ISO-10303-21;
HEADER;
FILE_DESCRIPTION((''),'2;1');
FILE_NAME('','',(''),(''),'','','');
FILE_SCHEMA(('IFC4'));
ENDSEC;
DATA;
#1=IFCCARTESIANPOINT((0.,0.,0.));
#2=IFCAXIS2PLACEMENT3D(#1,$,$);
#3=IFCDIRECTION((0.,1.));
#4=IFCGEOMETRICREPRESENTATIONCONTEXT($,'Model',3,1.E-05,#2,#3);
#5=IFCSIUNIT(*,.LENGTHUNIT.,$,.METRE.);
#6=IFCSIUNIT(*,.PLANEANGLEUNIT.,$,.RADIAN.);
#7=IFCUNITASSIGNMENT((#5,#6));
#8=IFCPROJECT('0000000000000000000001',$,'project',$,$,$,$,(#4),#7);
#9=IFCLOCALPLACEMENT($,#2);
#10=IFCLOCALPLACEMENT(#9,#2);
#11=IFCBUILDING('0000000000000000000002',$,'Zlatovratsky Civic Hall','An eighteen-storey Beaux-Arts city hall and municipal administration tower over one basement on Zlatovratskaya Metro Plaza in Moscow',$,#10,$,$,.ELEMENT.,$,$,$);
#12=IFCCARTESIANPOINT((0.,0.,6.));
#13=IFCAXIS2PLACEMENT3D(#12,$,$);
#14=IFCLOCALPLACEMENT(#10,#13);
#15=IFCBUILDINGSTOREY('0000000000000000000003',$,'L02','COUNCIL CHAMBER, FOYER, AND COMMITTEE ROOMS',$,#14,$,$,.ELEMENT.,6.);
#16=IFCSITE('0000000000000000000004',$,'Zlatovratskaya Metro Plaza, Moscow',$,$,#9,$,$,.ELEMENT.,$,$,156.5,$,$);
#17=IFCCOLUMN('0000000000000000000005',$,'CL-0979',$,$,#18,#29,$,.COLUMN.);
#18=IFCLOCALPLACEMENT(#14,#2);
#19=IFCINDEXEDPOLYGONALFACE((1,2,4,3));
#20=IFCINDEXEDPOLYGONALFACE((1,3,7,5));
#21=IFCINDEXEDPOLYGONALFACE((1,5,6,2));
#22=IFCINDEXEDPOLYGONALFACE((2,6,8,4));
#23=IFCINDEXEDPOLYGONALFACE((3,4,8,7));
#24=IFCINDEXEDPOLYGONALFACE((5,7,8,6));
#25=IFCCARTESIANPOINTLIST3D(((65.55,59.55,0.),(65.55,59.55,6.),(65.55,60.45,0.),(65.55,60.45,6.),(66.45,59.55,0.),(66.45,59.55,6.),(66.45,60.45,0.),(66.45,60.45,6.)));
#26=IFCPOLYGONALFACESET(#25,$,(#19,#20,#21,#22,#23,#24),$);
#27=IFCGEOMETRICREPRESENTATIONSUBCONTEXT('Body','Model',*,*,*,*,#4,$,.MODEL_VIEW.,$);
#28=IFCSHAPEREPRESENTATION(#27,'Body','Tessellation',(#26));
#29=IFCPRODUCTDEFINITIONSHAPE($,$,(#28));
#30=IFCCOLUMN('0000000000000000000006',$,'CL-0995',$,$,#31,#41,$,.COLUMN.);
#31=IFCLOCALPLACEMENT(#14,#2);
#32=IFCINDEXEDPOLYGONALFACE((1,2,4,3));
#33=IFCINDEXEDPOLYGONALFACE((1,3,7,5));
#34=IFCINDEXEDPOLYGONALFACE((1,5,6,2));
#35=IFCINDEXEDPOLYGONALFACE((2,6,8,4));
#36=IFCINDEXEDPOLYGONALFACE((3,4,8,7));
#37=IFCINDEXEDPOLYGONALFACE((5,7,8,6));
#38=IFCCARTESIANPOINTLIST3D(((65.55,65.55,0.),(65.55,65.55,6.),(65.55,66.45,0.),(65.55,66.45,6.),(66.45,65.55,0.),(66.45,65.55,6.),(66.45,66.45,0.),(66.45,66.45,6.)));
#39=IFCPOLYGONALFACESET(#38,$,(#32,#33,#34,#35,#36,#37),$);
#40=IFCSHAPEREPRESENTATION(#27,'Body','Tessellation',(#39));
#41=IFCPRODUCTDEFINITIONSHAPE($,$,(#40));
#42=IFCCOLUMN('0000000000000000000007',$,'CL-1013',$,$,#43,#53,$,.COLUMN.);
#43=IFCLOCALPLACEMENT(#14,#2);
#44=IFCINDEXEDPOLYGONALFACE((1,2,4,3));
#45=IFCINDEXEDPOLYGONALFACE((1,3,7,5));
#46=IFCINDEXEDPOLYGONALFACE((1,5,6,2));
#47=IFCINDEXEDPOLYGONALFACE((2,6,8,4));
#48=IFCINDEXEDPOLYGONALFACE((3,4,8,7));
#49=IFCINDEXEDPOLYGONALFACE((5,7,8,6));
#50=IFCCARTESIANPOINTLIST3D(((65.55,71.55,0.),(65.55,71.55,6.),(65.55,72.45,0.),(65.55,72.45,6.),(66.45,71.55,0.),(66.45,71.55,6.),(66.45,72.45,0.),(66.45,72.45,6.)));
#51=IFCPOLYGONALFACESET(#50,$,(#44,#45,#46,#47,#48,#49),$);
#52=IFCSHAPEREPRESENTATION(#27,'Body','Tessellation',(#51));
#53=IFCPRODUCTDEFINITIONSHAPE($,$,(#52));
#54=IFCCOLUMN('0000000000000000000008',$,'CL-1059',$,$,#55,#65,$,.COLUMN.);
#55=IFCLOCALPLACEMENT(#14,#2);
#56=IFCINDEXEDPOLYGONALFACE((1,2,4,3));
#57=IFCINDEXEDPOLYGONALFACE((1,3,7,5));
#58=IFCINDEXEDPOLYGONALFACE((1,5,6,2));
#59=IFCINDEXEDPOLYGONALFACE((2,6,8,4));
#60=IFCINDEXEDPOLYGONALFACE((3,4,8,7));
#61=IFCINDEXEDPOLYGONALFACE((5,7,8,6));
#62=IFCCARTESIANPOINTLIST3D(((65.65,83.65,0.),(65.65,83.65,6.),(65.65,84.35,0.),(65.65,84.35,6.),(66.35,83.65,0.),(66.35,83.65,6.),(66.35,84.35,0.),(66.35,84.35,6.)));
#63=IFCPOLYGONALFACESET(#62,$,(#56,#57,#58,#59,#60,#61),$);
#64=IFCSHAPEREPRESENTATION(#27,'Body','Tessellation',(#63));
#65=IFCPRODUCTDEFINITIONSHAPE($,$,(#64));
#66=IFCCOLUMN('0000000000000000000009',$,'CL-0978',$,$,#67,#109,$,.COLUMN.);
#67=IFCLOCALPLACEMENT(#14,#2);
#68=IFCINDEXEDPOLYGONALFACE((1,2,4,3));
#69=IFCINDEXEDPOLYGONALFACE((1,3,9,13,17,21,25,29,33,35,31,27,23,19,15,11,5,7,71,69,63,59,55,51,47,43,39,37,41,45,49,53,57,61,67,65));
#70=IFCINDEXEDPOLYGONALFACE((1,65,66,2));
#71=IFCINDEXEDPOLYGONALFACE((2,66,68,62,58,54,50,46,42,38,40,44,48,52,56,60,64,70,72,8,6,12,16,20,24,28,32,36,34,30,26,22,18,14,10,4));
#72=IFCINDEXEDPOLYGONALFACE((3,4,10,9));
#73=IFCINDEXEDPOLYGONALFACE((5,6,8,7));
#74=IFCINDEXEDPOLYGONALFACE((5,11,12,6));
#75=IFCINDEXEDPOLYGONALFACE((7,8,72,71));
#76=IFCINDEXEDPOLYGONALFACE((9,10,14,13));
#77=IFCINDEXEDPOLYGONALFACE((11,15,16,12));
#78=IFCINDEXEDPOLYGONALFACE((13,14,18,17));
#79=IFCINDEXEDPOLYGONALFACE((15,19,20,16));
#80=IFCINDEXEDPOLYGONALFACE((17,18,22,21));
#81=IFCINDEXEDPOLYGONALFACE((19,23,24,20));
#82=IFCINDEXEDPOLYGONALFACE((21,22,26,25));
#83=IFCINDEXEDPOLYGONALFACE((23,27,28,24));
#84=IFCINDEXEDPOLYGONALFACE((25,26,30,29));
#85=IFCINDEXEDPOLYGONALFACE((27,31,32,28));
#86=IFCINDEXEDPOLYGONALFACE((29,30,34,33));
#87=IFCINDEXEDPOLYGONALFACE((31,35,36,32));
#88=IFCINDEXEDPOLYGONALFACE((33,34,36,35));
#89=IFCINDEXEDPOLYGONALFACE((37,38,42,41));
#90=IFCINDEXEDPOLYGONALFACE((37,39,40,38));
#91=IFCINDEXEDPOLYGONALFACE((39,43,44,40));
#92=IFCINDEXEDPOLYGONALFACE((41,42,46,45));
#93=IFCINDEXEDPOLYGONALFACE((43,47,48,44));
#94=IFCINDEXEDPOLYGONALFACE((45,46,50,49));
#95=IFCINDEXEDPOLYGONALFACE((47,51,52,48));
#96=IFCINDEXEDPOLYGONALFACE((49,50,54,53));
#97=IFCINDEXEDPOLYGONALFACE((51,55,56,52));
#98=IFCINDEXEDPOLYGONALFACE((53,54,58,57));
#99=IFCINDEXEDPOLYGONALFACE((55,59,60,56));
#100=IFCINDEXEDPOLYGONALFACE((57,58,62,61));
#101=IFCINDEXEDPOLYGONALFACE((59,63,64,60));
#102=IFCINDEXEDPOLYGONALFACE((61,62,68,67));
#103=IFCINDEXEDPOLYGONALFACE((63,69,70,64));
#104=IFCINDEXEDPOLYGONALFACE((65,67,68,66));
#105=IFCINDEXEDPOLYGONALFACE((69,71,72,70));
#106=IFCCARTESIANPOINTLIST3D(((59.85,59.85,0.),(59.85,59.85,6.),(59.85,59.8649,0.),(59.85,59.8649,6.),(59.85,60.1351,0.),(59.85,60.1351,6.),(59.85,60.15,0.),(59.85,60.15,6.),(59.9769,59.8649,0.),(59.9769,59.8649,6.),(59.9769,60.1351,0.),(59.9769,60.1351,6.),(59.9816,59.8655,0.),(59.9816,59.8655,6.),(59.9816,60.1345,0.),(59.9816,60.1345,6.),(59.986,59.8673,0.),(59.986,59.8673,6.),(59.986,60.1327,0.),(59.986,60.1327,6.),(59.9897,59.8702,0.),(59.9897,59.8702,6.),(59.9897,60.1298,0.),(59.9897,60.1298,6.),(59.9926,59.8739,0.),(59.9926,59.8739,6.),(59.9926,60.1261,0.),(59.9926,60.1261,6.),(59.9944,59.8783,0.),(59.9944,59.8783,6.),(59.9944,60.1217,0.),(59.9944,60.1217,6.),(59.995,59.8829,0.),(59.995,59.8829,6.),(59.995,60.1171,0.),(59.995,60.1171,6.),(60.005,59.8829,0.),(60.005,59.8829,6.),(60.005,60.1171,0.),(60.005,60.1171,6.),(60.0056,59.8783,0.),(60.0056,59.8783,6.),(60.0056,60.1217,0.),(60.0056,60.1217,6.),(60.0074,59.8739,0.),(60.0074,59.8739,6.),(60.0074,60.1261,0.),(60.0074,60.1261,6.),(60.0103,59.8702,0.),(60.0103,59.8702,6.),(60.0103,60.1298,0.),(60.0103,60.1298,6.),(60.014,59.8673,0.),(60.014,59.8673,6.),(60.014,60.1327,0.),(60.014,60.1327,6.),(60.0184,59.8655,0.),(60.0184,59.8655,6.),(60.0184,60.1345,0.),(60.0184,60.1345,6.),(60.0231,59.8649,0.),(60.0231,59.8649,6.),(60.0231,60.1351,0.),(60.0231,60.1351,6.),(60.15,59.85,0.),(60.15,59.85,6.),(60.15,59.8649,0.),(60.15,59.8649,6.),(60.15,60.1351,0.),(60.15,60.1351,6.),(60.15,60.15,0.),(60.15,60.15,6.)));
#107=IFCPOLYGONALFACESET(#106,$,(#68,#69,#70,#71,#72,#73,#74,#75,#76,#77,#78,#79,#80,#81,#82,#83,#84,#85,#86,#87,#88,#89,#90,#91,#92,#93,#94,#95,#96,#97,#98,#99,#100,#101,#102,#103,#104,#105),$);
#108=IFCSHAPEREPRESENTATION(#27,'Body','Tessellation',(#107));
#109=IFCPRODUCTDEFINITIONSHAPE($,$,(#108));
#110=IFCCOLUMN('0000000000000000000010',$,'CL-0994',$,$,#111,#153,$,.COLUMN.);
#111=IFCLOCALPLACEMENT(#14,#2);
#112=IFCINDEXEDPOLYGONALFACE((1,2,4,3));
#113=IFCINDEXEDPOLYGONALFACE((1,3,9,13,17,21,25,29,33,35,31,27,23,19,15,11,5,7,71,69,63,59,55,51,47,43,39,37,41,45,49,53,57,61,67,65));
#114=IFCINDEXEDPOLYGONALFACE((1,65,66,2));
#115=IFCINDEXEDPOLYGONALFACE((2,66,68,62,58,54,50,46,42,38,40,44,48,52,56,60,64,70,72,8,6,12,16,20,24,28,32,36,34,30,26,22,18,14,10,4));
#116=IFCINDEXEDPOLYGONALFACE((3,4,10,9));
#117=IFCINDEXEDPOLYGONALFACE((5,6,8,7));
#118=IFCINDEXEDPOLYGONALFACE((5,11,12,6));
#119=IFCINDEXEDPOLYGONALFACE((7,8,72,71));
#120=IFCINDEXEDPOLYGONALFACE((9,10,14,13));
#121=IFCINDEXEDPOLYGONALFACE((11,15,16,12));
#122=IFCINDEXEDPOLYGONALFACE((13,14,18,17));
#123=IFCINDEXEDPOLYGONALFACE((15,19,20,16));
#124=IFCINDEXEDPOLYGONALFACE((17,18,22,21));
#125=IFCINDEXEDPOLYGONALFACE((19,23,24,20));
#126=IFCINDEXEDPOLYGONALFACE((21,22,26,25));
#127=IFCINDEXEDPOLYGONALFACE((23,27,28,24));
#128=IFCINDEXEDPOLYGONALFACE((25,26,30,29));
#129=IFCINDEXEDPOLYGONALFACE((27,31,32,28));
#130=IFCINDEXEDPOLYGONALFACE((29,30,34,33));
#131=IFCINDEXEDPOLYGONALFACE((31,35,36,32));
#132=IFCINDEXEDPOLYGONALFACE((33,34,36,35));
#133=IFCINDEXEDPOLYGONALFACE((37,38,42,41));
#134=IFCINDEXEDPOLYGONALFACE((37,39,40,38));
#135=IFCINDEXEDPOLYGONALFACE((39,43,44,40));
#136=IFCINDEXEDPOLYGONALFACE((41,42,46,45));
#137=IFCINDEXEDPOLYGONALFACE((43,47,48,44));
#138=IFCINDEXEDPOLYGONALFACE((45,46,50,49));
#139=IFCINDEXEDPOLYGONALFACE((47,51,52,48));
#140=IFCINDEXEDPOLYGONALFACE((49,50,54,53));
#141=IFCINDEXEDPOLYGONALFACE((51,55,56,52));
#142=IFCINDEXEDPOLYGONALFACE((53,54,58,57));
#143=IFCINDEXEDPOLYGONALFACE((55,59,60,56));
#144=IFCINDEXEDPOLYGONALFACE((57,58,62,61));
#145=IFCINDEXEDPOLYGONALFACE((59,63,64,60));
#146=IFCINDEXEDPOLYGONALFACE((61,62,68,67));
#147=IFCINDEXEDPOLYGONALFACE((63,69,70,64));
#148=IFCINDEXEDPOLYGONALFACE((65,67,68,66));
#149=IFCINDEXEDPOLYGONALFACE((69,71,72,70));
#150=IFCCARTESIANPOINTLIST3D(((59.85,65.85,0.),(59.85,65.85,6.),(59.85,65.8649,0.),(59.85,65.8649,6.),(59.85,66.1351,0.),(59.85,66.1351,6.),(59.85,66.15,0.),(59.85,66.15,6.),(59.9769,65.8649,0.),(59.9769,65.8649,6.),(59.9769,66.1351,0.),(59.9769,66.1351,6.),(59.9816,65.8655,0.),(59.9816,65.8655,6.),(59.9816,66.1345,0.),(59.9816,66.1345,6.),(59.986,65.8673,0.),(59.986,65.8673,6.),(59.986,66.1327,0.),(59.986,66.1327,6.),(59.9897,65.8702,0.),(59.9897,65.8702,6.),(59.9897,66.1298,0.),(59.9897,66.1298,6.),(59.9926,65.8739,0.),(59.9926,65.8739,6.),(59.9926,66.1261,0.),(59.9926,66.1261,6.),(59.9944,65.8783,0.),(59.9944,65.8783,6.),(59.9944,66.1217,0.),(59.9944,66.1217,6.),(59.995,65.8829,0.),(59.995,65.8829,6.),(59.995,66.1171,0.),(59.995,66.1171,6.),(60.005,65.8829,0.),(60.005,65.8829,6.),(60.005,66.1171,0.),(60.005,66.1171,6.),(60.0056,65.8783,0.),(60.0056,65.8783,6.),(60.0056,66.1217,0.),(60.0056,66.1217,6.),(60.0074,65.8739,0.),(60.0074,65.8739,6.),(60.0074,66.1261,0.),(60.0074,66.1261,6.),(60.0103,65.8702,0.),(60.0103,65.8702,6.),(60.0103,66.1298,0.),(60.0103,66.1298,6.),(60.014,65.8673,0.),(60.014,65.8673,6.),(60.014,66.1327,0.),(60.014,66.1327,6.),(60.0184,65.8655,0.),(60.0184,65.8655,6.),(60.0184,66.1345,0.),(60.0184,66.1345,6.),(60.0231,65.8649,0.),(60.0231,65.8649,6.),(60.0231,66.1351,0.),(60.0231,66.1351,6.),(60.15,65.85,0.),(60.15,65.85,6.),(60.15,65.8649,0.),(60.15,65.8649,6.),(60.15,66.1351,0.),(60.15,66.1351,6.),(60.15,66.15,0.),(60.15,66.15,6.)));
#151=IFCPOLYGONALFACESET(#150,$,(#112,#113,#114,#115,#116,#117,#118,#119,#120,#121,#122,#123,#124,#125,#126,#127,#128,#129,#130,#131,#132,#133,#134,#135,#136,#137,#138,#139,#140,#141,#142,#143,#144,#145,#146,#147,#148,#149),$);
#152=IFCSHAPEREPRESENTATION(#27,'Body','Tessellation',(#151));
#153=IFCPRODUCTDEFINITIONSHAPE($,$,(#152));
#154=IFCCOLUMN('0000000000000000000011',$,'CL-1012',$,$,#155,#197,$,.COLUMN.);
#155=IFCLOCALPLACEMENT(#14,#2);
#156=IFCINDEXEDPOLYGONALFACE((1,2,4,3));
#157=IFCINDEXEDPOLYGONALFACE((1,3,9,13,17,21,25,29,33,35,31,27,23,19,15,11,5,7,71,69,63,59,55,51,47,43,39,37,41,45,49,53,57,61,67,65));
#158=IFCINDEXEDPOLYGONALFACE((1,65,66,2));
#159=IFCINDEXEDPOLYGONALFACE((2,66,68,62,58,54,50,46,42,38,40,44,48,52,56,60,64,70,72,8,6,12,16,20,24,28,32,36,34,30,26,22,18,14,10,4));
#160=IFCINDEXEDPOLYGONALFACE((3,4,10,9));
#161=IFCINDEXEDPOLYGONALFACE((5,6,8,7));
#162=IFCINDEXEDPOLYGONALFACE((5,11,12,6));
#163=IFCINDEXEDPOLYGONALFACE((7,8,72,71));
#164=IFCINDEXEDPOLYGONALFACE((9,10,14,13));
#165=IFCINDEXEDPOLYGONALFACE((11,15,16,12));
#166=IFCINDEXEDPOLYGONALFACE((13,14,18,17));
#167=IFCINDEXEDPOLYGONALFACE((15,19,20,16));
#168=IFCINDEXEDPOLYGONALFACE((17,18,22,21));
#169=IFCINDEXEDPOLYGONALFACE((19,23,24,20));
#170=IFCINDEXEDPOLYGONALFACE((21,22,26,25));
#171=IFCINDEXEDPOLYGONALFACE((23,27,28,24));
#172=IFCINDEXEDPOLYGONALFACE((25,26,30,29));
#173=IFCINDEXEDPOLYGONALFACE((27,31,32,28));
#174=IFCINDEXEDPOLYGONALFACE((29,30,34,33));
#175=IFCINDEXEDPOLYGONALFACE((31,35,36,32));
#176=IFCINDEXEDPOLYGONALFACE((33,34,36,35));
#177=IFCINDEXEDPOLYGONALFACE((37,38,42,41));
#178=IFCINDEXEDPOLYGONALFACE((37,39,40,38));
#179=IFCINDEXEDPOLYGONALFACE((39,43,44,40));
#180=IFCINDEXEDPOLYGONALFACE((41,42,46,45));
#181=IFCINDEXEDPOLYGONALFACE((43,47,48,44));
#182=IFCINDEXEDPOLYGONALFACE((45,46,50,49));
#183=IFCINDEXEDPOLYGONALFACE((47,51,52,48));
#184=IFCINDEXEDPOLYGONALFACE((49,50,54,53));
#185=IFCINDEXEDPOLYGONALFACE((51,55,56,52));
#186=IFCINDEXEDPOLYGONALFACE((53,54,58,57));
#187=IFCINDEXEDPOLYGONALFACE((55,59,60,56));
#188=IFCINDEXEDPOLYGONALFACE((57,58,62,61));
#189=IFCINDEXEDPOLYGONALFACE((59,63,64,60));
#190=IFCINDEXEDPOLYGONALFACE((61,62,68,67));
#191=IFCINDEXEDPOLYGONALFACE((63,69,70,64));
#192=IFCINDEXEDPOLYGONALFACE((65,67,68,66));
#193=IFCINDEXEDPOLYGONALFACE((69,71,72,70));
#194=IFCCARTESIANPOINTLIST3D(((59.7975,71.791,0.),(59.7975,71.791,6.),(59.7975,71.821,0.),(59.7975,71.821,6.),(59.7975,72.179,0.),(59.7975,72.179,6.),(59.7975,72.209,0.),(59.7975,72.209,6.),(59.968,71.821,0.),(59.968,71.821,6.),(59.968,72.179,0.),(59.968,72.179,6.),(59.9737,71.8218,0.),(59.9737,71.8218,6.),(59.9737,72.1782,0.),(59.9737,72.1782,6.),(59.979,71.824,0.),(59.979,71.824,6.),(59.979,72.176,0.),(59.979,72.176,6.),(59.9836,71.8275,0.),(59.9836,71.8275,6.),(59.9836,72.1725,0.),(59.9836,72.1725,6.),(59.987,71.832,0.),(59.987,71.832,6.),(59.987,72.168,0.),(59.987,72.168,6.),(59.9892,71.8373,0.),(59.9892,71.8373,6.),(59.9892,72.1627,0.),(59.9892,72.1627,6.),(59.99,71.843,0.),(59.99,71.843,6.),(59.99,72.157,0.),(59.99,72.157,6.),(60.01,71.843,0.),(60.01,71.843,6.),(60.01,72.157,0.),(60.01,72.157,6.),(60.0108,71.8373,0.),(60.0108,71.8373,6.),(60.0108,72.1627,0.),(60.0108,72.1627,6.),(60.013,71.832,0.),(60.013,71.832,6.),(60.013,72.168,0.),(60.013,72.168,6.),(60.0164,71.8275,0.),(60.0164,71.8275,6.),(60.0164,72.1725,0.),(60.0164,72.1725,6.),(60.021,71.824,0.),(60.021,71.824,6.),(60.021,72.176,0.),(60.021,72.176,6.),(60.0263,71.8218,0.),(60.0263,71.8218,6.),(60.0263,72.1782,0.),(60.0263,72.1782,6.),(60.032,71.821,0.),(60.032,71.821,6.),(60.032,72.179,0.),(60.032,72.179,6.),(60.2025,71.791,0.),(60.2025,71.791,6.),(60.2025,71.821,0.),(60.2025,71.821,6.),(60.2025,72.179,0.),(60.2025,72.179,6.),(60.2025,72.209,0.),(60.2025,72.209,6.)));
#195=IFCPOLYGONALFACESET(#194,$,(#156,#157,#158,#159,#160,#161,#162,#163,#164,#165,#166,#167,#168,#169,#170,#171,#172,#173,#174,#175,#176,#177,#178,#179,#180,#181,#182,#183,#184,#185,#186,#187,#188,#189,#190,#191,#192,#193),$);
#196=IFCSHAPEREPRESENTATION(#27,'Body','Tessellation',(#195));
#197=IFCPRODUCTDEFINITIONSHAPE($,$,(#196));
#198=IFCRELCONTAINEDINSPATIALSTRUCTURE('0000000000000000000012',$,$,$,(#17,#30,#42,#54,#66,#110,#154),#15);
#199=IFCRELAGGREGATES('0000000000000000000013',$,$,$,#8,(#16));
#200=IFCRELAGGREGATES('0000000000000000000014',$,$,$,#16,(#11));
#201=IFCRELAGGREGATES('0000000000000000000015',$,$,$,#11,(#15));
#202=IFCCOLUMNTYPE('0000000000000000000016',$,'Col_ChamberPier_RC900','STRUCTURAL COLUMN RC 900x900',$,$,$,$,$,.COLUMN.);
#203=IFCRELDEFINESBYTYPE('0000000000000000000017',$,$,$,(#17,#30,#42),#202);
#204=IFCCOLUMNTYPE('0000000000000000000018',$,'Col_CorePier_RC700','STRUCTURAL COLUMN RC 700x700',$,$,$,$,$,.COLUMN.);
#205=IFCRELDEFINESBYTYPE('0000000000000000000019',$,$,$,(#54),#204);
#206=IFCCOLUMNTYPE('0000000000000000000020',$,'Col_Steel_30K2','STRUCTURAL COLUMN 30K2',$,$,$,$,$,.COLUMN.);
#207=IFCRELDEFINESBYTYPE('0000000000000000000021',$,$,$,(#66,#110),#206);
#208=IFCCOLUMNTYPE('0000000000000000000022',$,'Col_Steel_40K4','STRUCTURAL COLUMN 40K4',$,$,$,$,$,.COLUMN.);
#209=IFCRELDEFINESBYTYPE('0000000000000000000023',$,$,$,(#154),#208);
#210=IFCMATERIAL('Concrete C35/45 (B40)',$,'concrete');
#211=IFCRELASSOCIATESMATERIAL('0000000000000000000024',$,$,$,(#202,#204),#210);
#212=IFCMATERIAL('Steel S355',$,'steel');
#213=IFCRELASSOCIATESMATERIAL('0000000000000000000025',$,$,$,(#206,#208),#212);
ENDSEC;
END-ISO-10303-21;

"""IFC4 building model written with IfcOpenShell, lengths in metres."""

from ifc_helpers import new_model, si_unit, direction, frame, origin, origin_2d, place, context, subcontext, project, spatial, rectangle, i_section, extrude, material, material_profile, profile_set, type_object, element, save


model = new_model("IFC4")

# Units and contexts
model_context = context("Model", 3, precision=1e-05, world=origin(), true_north=direction((0.0, 1.0)))
body_context = subcontext(model_context, "Body", "Model", "MODEL_VIEW")
ifc_project = project(units=[si_unit("LENGTHUNIT", "METRE"), si_unit("PLANEANGLEUNIT", "RADIAN")], contexts=[model_context])

# Site, building, storey
site_placement = place(None, origin())
site = spatial("IfcSite", under=ifc_project, at=site_placement, Name="Zlatovratskaya Metro Plaza, Moscow", CompositionType="ELEMENT", RefElevation=156.5)
building_placement = place(site_placement, origin())
building = spatial("IfcBuilding", under=site, at=building_placement, Name="Zlatovratsky Civic Hall", Description="An eighteen-storey Beaux-Arts city hall and municipal administration tower over one basement on Zlatovratskaya Metro Plaza in Moscow", CompositionType="ELEMENT")
storey_placement = place(building_placement, frame((0.0, 0.0, 6.0)))
storey = spatial("IfcBuildingStorey", under=building, at=storey_placement, Name="L02", Description="COUNCIL CHAMBER, FOYER, AND COMMITTEE ROOMS", CompositionType="ELEMENT", Elevation=6.0)

# Columns
ifc_material_1 = material(Name="Concrete C35/45 (B40)", Category="concrete")
ifc_material_profile_1 = material_profile(ifc_material_1, rectangle(XDim=0.8999, YDim=0.8999, at=origin_2d()), Name="RC 900x900")
ifc_profile_set_1 = profile_set([ifc_material_profile_1], Name="Concrete C35/45 (B40)")
column_type_1 = type_object("IfcColumnType", Name="Col_ChamberPier_RC900", Description="STRUCTURAL COLUMN RC 900x900", PredefinedType="COLUMN", material=ifc_profile_set_1)
for number, where, z_axis, x_axis, name in (
    (1, (66.0, 60.0, 0.0), (0.0, 0.0, 1.0), (1.0, 0.0, 0.0), "CL-0979"),
    (2, (66.0, 66.0, 0.0), (0.0, 0.0, 1.0), (1.0, 0.0, 0.0), "CL-0995"),
    (3, (66.0, 72.0, 0.0), (0.0, 0.0, 1.0), (1.0, 0.0, 0.0), "CL-1013"),
):
    element("IfcColumn", number, at=place(storey_placement, frame(where, z_axis=z_axis, x_axis=x_axis)), inside=storey, type_object=column_type_1, Name=name, PredefinedType="COLUMN", context=body_context, shape_type="SweptSolid", body=[
        extrude(rectangle(XDim=0.8999, YDim=0.8999, at=origin_2d()), origin(), (0.0, 0.0, 1.0), 6.0),
    ])
ifc_material_profile_2 = material_profile(ifc_material_1, rectangle(XDim=0.7, YDim=0.7, at=origin_2d()), Name="RC 700x700")
ifc_profile_set_2 = profile_set([ifc_material_profile_2], Name="Concrete C35/45 (B40)")
column_type_2 = type_object("IfcColumnType", Name="Col_CorePier_RC700", Description="STRUCTURAL COLUMN RC 700x700", PredefinedType="COLUMN", material=ifc_profile_set_2)
column_placement = place(storey_placement, frame((66.0, 84.0, 0.0), z_axis=(0.0, 0.0, 1.0), x_axis=(1.0, 0.0, 0.0)))
element("IfcColumn", 4, at=column_placement, inside=storey, type_object=column_type_2, Name="CL-1059", PredefinedType="COLUMN", context=body_context, shape_type="SweptSolid", body=[
    extrude(rectangle(XDim=0.7, YDim=0.7, at=origin_2d()), origin(), (0.0, 0.0, 1.0), 6.0),
])
ifc_material_2 = material(Name="Steel S355", Category="steel")
ifc_material_profile_3 = material_profile(ifc_material_2, i_section(OverallWidth=0.3, OverallDepth=0.3, WebThickness=0.01, FlangeThickness=0.0149, FilletRadius=0.0181, at=origin_2d()), Name="30K2")
ifc_profile_set_3 = profile_set([ifc_material_profile_3], Name="Steel S355")
column_type_3 = type_object("IfcColumnType", Name="Col_Steel_30K2", Description="STRUCTURAL COLUMN 30K2", PredefinedType="COLUMN", material=ifc_profile_set_3)
for number, where, z_axis, x_axis, name in (
    (5, (60.0, 60.0, 0.0), (0.0, 0.0, 1.0), (1.0, 0.0, 0.0), "CL-0978"),
    (6, (60.0, 66.0, 0.0), (0.0, 0.0, 1.0), (1.0, 0.0, 0.0), "CL-0994"),
):
    element("IfcColumn", number, at=place(storey_placement, frame(where, z_axis=z_axis, x_axis=x_axis)), inside=storey, type_object=column_type_3, Name=name, PredefinedType="COLUMN", context=body_context, shape_type="SweptSolid", body=[
        extrude(i_section(OverallWidth=0.3, OverallDepth=0.3, WebThickness=0.01, FlangeThickness=0.0149, FilletRadius=0.0181, at=origin_2d()), origin(), (0.0, 0.0, 1.0), 6.0),
    ])
ifc_material_profile_4 = material_profile(ifc_material_2, i_section(OverallWidth=0.405, OverallDepth=0.418, WebThickness=0.02, FlangeThickness=0.03, FilletRadius=0.022, at=origin_2d()), Name="40K4")
ifc_profile_set_4 = profile_set([ifc_material_profile_4], Name="Steel S355")
column_type_4 = type_object("IfcColumnType", Name="Col_Steel_40K4", Description="STRUCTURAL COLUMN 40K4", PredefinedType="COLUMN", material=ifc_profile_set_4)
for number, where, z_axis, x_axis, name in (
    (7, (60.0, 72.0, 0.0), (0.0, 0.0, 1.0), (1.0, 0.0, 0.0), "CL-1012"),
):
    element("IfcColumn", number, at=place(storey_placement, frame(where, z_axis=z_axis, x_axis=x_axis)), inside=storey, type_object=column_type_4, Name=name, PredefinedType="COLUMN", context=body_context, shape_type="SweptSolid", body=[
        extrude(i_section(OverallWidth=0.405, OverallDepth=0.418, WebThickness=0.02, FlangeThickness=0.03, FilletRadius=0.022, at=origin_2d()), origin(), (0.0, 0.0, 1.0), 6.0),
    ])

save(model, "model.ifc")
